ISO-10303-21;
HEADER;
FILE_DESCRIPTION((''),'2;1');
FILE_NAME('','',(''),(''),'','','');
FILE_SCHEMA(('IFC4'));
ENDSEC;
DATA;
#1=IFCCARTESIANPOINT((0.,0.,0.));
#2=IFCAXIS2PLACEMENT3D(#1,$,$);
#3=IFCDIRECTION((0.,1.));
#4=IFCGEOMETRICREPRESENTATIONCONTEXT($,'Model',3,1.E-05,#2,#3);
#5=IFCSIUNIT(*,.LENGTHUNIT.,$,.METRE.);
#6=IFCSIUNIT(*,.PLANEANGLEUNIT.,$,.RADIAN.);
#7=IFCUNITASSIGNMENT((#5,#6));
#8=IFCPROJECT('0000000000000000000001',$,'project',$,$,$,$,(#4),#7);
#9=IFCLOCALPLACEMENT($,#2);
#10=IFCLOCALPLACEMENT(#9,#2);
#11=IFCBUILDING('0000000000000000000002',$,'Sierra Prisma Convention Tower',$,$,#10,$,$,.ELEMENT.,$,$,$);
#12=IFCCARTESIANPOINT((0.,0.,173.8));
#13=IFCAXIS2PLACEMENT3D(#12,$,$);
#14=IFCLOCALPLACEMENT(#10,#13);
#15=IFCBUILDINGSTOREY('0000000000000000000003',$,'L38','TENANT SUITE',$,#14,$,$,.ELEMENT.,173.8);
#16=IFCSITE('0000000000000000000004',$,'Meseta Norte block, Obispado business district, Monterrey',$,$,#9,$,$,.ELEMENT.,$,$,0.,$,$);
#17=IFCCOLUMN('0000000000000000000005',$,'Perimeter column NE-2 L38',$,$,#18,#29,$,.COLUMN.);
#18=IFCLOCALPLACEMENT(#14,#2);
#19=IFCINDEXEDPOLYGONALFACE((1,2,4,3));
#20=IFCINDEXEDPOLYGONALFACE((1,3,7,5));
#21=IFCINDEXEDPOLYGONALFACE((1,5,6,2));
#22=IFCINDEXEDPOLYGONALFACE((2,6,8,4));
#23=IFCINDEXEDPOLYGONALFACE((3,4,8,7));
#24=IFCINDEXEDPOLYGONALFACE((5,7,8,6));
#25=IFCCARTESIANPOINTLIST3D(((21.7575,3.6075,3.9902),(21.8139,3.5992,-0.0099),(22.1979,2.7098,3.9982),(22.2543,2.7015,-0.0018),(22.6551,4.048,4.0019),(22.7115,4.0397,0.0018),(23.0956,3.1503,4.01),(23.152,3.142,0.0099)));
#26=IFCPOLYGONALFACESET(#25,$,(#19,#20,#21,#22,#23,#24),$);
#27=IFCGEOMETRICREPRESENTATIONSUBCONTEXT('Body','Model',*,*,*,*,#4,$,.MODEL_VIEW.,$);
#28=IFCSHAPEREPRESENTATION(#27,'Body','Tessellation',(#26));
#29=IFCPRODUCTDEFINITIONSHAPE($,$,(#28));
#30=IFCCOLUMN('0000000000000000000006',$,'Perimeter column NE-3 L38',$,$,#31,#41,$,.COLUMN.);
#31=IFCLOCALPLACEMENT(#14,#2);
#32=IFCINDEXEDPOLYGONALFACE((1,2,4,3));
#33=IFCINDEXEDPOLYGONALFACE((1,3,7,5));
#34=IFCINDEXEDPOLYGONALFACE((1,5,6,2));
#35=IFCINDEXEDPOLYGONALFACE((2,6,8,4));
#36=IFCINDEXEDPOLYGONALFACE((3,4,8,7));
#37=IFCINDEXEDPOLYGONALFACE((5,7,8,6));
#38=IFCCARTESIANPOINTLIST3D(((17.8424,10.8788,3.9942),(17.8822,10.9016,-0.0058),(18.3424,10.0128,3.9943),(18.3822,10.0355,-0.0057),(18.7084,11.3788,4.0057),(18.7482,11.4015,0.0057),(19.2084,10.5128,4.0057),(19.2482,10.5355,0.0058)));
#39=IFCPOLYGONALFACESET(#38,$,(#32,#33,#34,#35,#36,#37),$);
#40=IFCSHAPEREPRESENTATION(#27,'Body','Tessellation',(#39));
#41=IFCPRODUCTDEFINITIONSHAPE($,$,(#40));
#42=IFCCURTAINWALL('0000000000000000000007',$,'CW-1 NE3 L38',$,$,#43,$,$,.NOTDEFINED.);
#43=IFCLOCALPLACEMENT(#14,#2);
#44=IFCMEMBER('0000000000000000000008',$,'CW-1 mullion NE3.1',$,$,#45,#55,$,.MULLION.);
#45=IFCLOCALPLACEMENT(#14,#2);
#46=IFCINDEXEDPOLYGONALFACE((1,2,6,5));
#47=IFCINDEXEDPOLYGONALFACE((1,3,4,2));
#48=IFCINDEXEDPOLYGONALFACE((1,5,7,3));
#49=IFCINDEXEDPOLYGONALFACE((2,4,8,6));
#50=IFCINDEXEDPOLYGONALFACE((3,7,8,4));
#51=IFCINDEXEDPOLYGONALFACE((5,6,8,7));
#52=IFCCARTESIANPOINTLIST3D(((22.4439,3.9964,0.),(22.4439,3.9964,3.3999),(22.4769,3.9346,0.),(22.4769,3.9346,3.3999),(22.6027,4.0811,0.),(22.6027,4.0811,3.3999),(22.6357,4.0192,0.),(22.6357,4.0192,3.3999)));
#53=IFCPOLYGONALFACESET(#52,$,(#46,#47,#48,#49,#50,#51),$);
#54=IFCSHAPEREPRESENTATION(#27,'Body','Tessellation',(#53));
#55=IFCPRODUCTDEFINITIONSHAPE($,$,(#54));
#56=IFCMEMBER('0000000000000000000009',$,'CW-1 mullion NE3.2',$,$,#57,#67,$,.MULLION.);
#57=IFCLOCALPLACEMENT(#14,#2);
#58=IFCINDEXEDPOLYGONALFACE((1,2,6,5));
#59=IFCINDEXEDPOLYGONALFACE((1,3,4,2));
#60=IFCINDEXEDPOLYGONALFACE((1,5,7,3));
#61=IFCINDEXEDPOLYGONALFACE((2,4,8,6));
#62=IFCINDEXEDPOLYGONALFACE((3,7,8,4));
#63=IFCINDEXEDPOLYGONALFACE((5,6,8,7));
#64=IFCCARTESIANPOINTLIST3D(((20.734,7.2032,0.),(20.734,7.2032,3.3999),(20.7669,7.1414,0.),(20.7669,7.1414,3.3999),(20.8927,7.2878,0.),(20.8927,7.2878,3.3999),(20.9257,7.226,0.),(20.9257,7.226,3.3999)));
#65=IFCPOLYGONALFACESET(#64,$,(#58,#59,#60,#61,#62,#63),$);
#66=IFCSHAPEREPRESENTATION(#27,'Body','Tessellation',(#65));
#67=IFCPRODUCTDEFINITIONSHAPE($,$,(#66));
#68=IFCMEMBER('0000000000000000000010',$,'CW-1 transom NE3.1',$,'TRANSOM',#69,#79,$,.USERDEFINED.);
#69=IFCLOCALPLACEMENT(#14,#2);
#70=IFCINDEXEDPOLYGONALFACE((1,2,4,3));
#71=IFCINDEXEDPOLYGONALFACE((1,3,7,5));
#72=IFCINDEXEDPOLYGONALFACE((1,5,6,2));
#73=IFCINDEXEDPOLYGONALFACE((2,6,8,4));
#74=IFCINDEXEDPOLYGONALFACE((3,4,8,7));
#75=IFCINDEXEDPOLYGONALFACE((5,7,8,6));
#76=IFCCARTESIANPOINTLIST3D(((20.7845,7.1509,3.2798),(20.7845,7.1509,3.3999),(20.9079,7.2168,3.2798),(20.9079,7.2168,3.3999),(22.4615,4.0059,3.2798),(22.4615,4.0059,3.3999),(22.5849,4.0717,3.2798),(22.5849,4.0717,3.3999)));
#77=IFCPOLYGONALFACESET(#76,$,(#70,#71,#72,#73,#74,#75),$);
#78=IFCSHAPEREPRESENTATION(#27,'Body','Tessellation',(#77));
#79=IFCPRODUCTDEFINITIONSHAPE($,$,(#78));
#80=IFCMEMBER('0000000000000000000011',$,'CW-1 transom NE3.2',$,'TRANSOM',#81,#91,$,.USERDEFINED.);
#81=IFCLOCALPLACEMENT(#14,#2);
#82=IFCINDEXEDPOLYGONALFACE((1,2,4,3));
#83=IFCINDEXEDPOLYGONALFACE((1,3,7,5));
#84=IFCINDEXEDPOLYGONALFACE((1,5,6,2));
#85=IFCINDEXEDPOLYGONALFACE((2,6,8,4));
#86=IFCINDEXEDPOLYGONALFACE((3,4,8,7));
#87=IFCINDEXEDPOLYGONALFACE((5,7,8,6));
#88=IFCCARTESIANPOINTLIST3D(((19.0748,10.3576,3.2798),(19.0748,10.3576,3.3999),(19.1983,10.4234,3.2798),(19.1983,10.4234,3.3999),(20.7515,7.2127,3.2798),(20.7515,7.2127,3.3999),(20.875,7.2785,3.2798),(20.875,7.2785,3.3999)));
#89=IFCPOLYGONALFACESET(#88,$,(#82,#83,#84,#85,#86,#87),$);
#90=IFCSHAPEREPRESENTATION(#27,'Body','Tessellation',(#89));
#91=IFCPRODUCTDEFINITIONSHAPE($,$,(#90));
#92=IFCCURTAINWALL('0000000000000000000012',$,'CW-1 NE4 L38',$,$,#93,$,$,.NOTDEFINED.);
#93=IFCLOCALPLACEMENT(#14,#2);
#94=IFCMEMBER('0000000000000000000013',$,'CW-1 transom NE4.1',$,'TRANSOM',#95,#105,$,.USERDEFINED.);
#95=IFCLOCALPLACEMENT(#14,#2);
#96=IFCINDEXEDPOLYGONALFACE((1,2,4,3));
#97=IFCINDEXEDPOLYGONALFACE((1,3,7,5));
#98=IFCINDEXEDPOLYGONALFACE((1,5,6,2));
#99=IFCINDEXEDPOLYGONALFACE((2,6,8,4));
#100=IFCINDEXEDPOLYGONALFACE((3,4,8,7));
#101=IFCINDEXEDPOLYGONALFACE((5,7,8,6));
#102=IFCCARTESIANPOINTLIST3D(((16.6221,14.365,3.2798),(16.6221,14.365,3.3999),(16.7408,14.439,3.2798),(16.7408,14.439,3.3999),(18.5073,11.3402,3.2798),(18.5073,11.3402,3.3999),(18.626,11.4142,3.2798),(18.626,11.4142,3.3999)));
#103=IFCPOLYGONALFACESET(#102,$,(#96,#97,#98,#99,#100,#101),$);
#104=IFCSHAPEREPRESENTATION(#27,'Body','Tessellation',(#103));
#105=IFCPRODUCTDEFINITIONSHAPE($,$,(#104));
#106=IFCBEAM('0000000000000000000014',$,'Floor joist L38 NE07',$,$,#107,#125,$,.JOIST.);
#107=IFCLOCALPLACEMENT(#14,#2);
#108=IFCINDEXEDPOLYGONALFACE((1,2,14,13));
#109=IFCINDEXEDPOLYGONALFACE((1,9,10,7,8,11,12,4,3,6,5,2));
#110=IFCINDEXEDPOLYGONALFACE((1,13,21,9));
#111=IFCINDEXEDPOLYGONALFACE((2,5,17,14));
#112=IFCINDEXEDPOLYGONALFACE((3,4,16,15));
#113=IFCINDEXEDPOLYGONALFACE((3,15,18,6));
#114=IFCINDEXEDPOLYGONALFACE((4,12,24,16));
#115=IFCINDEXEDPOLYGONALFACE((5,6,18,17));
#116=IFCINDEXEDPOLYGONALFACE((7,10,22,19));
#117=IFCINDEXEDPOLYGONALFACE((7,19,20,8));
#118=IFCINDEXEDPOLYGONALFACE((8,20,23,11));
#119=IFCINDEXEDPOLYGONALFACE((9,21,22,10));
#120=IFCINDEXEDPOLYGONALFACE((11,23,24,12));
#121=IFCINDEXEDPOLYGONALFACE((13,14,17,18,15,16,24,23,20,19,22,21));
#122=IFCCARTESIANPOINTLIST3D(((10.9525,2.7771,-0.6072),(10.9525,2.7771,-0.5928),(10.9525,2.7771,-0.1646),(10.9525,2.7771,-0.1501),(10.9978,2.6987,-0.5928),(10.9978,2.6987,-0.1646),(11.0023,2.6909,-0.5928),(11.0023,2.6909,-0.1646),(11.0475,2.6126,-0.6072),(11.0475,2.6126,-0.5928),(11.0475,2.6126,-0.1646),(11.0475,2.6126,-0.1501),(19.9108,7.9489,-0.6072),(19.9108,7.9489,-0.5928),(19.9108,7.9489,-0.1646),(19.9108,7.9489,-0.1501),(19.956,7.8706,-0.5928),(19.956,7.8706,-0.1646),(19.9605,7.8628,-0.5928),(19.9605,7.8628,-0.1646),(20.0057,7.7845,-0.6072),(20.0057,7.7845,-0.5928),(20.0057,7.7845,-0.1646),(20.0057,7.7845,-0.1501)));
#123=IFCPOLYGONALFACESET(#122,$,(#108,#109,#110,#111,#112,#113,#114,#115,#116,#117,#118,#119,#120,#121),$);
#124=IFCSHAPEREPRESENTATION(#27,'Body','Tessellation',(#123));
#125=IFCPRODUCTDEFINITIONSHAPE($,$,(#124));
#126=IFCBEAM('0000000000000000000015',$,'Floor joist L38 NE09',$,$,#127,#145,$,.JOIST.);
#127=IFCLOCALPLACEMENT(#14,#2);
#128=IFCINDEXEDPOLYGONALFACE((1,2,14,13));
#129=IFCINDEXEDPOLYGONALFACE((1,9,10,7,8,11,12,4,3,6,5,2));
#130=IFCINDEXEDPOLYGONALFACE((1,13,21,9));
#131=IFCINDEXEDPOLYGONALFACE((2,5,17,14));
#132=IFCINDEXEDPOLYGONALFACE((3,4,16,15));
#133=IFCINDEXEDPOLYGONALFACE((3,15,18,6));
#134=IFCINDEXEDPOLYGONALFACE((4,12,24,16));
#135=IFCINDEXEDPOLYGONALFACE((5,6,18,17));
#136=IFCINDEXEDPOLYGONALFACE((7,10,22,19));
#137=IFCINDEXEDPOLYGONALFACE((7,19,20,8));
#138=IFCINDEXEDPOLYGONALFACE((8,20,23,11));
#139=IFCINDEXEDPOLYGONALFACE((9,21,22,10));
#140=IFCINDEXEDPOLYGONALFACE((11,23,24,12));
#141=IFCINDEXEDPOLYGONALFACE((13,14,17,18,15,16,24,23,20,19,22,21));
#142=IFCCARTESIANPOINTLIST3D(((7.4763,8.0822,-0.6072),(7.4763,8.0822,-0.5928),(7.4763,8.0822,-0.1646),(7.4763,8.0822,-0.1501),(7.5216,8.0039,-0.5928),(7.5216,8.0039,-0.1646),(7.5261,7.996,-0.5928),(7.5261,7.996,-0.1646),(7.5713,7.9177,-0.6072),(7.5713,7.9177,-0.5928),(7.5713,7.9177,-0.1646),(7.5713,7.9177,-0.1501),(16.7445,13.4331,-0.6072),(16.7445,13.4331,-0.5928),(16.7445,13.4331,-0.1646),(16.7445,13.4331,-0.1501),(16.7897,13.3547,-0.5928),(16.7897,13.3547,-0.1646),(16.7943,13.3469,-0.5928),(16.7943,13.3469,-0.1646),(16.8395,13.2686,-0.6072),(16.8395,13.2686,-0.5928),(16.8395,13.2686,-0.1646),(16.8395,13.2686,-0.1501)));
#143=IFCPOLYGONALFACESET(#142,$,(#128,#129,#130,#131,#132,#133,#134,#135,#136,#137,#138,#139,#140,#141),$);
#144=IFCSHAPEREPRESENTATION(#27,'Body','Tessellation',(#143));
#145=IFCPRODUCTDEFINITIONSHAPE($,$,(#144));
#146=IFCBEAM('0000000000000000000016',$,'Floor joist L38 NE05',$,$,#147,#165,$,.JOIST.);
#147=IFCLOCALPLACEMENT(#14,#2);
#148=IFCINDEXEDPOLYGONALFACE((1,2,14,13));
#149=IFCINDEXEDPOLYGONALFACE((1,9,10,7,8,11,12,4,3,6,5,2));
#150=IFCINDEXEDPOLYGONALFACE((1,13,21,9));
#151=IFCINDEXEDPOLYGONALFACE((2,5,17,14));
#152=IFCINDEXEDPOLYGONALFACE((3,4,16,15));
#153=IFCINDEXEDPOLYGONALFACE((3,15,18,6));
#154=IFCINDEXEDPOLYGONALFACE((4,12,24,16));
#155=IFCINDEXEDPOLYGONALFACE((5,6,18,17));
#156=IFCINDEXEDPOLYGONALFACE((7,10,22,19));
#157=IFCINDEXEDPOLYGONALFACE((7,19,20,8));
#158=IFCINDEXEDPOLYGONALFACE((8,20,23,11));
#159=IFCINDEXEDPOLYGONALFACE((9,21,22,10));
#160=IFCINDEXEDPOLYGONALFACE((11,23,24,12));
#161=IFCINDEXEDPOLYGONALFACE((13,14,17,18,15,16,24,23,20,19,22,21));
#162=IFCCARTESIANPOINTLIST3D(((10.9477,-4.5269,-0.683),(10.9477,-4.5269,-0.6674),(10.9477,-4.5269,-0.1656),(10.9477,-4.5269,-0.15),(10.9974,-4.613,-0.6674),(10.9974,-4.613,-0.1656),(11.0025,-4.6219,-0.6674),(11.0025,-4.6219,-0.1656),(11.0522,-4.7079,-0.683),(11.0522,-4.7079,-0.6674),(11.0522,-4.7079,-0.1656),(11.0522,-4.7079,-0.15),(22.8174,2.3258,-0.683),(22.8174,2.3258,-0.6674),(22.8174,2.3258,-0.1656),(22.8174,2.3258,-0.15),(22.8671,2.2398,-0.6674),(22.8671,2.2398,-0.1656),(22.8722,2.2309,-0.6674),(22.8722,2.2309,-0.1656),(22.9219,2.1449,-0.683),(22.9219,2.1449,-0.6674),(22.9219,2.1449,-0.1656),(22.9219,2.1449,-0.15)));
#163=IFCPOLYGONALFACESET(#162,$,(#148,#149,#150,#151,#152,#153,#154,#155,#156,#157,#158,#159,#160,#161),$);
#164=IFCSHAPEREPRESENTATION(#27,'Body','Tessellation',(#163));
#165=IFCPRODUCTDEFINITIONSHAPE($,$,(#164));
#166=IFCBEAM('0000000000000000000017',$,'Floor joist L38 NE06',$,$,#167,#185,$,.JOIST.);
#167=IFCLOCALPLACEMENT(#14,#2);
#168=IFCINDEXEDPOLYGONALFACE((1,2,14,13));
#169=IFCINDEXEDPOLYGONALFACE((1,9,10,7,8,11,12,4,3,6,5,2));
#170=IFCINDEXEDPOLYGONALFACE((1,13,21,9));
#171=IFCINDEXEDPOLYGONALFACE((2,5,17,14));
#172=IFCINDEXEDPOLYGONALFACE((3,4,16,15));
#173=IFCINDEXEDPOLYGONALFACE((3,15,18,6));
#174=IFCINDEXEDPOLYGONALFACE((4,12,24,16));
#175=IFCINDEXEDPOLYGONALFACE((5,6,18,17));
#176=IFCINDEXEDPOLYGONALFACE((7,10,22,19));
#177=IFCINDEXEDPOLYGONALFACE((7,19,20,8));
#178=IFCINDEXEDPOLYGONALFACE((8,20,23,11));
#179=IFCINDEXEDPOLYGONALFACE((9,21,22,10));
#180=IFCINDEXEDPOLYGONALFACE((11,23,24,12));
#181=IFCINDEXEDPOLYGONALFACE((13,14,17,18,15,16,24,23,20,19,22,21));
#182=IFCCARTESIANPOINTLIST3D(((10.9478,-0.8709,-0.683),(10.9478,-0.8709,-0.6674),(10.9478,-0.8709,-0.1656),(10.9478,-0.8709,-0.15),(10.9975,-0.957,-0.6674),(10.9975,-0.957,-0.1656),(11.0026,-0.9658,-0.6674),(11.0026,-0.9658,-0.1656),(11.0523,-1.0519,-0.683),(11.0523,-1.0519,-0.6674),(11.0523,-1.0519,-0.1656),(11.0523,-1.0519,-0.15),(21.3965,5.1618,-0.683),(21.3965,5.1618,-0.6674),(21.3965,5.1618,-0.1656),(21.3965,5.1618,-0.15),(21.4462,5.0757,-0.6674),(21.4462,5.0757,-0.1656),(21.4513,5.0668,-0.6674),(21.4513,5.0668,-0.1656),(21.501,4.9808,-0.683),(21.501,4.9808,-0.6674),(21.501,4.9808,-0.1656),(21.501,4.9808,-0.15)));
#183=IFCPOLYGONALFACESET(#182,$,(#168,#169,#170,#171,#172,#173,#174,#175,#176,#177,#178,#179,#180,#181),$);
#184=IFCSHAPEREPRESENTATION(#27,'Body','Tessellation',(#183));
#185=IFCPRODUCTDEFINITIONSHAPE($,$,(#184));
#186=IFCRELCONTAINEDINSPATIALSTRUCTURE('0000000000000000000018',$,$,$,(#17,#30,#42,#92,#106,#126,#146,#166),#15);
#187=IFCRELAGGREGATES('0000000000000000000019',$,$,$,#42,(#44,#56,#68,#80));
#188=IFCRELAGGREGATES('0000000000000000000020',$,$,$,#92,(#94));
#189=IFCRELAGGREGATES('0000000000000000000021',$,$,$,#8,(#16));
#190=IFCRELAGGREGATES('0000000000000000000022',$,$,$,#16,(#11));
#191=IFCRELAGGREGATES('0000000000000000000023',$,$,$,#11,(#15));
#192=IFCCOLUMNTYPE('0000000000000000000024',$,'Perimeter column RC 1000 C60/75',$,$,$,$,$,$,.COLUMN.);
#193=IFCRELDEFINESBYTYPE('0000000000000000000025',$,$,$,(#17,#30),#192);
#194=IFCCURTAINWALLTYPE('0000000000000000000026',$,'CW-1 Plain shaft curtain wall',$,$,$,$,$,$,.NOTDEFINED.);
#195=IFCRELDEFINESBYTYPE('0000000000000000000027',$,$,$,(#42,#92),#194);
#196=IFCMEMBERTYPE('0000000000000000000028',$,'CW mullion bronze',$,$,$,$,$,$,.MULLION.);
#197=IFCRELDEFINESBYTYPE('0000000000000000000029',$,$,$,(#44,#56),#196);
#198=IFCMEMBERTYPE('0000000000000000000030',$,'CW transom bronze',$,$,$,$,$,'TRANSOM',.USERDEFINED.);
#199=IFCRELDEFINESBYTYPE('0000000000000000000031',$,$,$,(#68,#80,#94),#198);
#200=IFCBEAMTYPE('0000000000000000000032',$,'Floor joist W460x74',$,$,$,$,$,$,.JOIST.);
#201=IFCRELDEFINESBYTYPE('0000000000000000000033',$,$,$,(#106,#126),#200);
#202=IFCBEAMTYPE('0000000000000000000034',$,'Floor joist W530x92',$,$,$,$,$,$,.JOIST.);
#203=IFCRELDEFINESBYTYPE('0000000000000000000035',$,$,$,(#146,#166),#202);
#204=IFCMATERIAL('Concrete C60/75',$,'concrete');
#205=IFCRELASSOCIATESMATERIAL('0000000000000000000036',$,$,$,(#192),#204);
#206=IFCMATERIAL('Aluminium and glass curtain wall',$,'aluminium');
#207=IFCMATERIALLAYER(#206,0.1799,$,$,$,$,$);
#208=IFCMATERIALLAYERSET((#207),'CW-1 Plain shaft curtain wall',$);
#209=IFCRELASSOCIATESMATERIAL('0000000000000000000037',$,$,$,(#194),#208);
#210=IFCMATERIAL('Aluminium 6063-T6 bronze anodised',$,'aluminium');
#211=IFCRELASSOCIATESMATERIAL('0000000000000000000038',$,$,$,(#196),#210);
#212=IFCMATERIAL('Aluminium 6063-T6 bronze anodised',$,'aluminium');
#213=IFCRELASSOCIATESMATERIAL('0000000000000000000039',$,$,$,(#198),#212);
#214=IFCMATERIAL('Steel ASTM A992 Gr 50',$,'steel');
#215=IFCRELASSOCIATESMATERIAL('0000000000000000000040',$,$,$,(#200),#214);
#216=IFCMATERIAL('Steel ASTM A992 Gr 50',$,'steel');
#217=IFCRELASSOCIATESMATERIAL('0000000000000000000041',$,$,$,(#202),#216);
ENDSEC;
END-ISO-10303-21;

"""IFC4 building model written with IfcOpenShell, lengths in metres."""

from ifc_helpers import new_model, si_unit, direction, frame, origin, origin_2d, place, context, subcontext, project, spatial, rectangle, i_section, extrude, material, layer, layer_set, material_profile, profile_set, type_object, element, aggregate, save


model = new_model("IFC4")

# Units and contexts
model_context = context("Model", 3, precision=1e-05, world=origin(), true_north=direction((0.0, 1.0)))
body_context = subcontext(model_context, "Body", "Model", "MODEL_VIEW")
ifc_project = project(units=[si_unit("LENGTHUNIT", "METRE"), si_unit("PLANEANGLEUNIT", "RADIAN")], contexts=[model_context])

# Site, building, storey
site_placement = place(None, origin())
site = spatial("IfcSite", under=ifc_project, at=site_placement, Name="Meseta Norte block, Obispado business district, Monterrey", CompositionType="ELEMENT", RefElevation=0.0)
building_placement = place(site_placement, origin())
building = spatial("IfcBuilding", under=site, at=building_placement, Name="Sierra Prisma Convention Tower", CompositionType="ELEMENT")
storey_placement = place(building_placement, frame((0.0, 0.0, 173.8)))
storey = spatial("IfcBuildingStorey", under=building, at=storey_placement, Name="L38", Description="TENANT SUITE", CompositionType="ELEMENT", Elevation=173.8)

# Columns
ifc_material_1 = material(Name="Concrete C60/75", Category="concrete")
ifc_material_profile_1 = material_profile(ifc_material_1, rectangle(XDim=1.0, YDim=1.0, at=origin_2d()), Name="Perimeter column RC 1000 C60/75")
ifc_profile_set_1 = profile_set([ifc_material_profile_1], Name="Concrete C60/75")
column_type = type_object("IfcColumnType", Name="Perimeter column RC 1000 C60/75", PredefinedType="COLUMN", material=ifc_profile_set_1)
column_1_placement = place(storey_placement, frame((22.4829, 3.3706, 0.0), z_axis=(-0.014098, 0.002075, 0.999898), x_axis=(-0.440411, 0.89776, -0.008072)))
element("IfcColumn", 1, at=column_1_placement, inside=storey, type_object=column_type, Name="Perimeter column NE-2 L38", PredefinedType="COLUMN", context=body_context, shape_type="SweptSolid", body=[
    extrude(rectangle(XDim=1.0, YDim=1.0, at=origin_2d()), origin(), (0.0, 0.0, 1.0), 4.0005),
])
column_2_placement = place(storey_placement, frame((18.5652, 10.7185, 0.0), z_axis=(-0.009948, -0.005676, 0.999934), x_axis=(-0.499975, 0.86604, -0.000058)))
element("IfcColumn", 2, at=column_2_placement, inside=storey, type_object=column_type, Name="Perimeter column NE-3 L38", PredefinedType="COLUMN", context=body_context, shape_type="SweptSolid", body=[
    extrude(rectangle(XDim=1.0, YDim=1.0, at=origin_2d()), origin(), (0.0, 0.0, 1.0), 4.0002),
])

# Curtain wall, members
ifc_material_2 = material(Name="Aluminium and glass curtain wall", Category="aluminium")
ifc_layer_1 = layer(ifc_material_2, 0.1799)
ifc_layer_set_1 = layer_set([ifc_layer_1], Name="CW-1 Plain shaft curtain wall")
curtain_wall_type = type_object("IfcCurtainWallType", Name="CW-1 Plain shaft curtain wall", PredefinedType="NOTDEFINED", material=ifc_layer_set_1)
curtain_wall_1_placement = place(storey_placement, origin())
curtain_wall_1 = element("IfcCurtainWall", 3, at=curtain_wall_1_placement, inside=storey, type_object=curtain_wall_type, Name="CW-1 NE3 L38", PredefinedType="NOTDEFINED")
ifc_material_3 = material(Name="Aluminium 6063-T6 bronze anodised", Category="aluminium")
ifc_material_profile_2 = material_profile(ifc_material_3, rectangle(XDim=0.1799, YDim=0.0701, at=origin_2d()), Name="ALU MULLION 70x180")
ifc_profile_set_2 = profile_set([ifc_material_profile_2], Name="Aluminium 6063-T6 bronze anodised")
member_type_1 = type_object("IfcMemberType", Name="CW mullion bronze", PredefinedType="MULLION", material=ifc_profile_set_2)
member_1_placement = place(storey_placement, frame((22.5398, 4.0078, 0.0), z_axis=(0.0, 0.0, 1.0), x_axis=(-0.882402, -0.470496, 0.0)))
member_1 = element("IfcMember", 4, at=member_1_placement, type_object=member_type_1, Name="CW-1 mullion NE3.1", PredefinedType="MULLION", context=body_context, shape_type="SweptSolid", body=[
    extrude(rectangle(XDim=0.1799, YDim=0.0701, at=origin_2d()), origin(), (0.0, 0.0, 1.0), 3.3999),
])
member_2_placement = place(storey_placement, frame((20.8298, 7.2146, 0.0), z_axis=(0.0, 0.0, 1.0), x_axis=(-0.882402, -0.470496, 0.0)))
member_2 = element("IfcMember", 5, at=member_2_placement, type_object=member_type_1, Name="CW-1 mullion NE3.2", PredefinedType="MULLION", context=body_context, shape_type="SweptSolid", body=[
    extrude(rectangle(XDim=0.1799, YDim=0.0701, at=origin_2d()), origin(), (0.0, 0.0, 1.0), 3.3999),
])
ifc_material_4 = material(Name="Aluminium 6063-T6 bronze anodised", Category="aluminium")
ifc_material_profile_3 = material_profile(ifc_material_4, rectangle(XDim=0.1399, YDim=0.1201, at=origin_2d()), Name="ALU TRANSOM 120x140")
ifc_profile_set_3 = profile_set([ifc_material_profile_3], Name="Aluminium 6063-T6 bronze anodised")
member_type_2 = type_object("IfcMemberType", Name="CW transom bronze", ElementType="TRANSOM", PredefinedType="USERDEFINED", material=ifc_profile_set_3)
member_3_placement = place(storey_placement, frame((22.5232, 4.0388, 3.3398), z_axis=(-0.470514, 0.882393, 0.0), x_axis=(-0.882393, -0.470514, 0.0)))
member_3 = element("IfcMember", 6, at=member_3_placement, type_object=member_type_2, Name="CW-1 transom NE3.1", ObjectType="TRANSOM", PredefinedType="USERDEFINED", context=body_context, shape_type="SweptSolid", body=[
    extrude(rectangle(XDim=0.1399, YDim=0.1201, at=origin_2d()), origin(), (0.0, 0.0, 1.0), 3.5642),
])
member_4_placement = place(storey_placement, frame((20.8132, 7.2456, 3.3398), z_axis=(-0.47046, 0.882421, 0.0), x_axis=(-0.882421, -0.47046, 0.0)))
member_4 = element("IfcMember", 7, at=member_4_placement, type_object=member_type_2, Name="CW-1 transom NE3.2", ObjectType="TRANSOM", PredefinedType="USERDEFINED", context=body_context, shape_type="SweptSolid", body=[
    extrude(rectangle(XDim=0.1399, YDim=0.1201, at=origin_2d()), origin(), (0.0, 0.0, 1.0), 3.564),
])

# Curtain wall, member
curtain_wall_2_placement = place(storey_placement, origin())
curtain_wall_2 = element("IfcCurtainWall", 8, at=curtain_wall_2_placement, inside=storey, type_object=curtain_wall_type, Name="CW-1 NE4 L38", PredefinedType="NOTDEFINED")
member_5_placement = place(storey_placement, frame((18.5667, 11.3772, 3.3398), z_axis=(-0.528927, 0.848667, 0.0), x_axis=(-0.848667, -0.528927, 0.0)))
member_5 = element("IfcMember", 9, at=member_5_placement, type_object=member_type_2, Name="CW-1 transom NE4.1", ObjectType="TRANSOM", PredefinedType="USERDEFINED", context=body_context, shape_type="SweptSolid", body=[
    extrude(rectangle(XDim=0.1399, YDim=0.1201, at=origin_2d()), origin(), (0.0, 0.0, 1.0), 3.5642),
])

# Beams
ifc_material_5 = material(Name="Steel ASTM A992 Gr 50", Category="steel")
ifc_material_profile_4 = material_profile(ifc_material_5, i_section(OverallWidth=0.1899, OverallDepth=0.457, WebThickness=0.009, FlangeThickness=0.0144, at=origin_2d()), Name="W460x74")
ifc_profile_set_4 = profile_set([ifc_material_profile_4], Name="Steel ASTM A992 Gr 50")
beam_type_1 = type_object("IfcBeamType", Name="Floor joist W460x74", PredefinedType="JOIST", material=ifc_profile_set_4)
beam_1_placement = place(storey_placement, frame((19.9583, 7.8667, -0.3787), z_axis=(-0.866033, -0.499987, 0.0), x_axis=(0.499987, -0.866033, 0.0)))
element("IfcBeam", 10, at=beam_1_placement, inside=storey, type_object=beam_type_1, Name="Floor joist L38 NE07", PredefinedType="JOIST", context=body_context, shape_type="SweptSolid", body=[
    extrude(i_section(OverallWidth=0.1899, OverallDepth=0.457, WebThickness=0.009, FlangeThickness=0.0144, at=origin_2d()), origin(), (0.0, 0.0, 1.0), 10.344),
])
beam_2_placement = place(storey_placement, frame((16.792, 13.3508, -0.3787), z_axis=(-0.866029, -0.499994, 0.0), x_axis=(0.499994, -0.866029, 0.0)))
element("IfcBeam", 11, at=beam_2_placement, inside=storey, type_object=beam_type_1, Name="Floor joist L38 NE09", PredefinedType="JOIST", context=body_context, shape_type="SweptSolid", body=[
    extrude(i_section(OverallWidth=0.1899, OverallDepth=0.457, WebThickness=0.009, FlangeThickness=0.0144, at=origin_2d()), origin(), (0.0, 0.0, 1.0), 10.7019),
])
ifc_material_6 = material(Name="Steel ASTM A992 Gr 50", Category="steel")
ifc_material_profile_5 = material_profile(ifc_material_6, i_section(OverallWidth=0.209, OverallDepth=0.533, WebThickness=0.0103, FlangeThickness=0.0156, at=origin_2d()), Name="W530x92")
ifc_profile_set_5 = profile_set([ifc_material_profile_5], Name="Steel ASTM A992 Gr 50")
beam_type_2 = type_object("IfcBeamType", Name="Floor joist W530x92", PredefinedType="JOIST", material=ifc_profile_set_5)
beam_3_placement = place(storey_placement, frame((22.8696, 2.2354, -0.4165), z_axis=(-0.86603, -0.499992, 0.0), x_axis=(0.499992, -0.86603, 0.0)))
element("IfcBeam", 12, at=beam_3_placement, inside=storey, type_object=beam_type_2, Name="Floor joist L38 NE05", PredefinedType="JOIST", context=body_context, shape_type="SweptSolid", body=[
    extrude(i_section(OverallWidth=0.209, OverallDepth=0.533, WebThickness=0.0103, FlangeThickness=0.0156, at=origin_2d()), origin(), (0.0, 0.0, 1.0), 13.7058),
])
beam_4_placement = place(storey_placement, frame((21.4487, 5.0713, -0.4165), z_axis=(-0.86602, -0.500009, 0.0), x_axis=(0.500009, -0.86602, 0.0)))
element("IfcBeam", 13, at=beam_4_placement, inside=storey, type_object=beam_type_2, Name="Floor joist L38 NE06", PredefinedType="JOIST", context=body_context, shape_type="SweptSolid", body=[
    extrude(i_section(OverallWidth=0.209, OverallDepth=0.533, WebThickness=0.0103, FlangeThickness=0.0156, at=origin_2d()), origin(), (0.0, 0.0, 1.0), 12.0652),
])

aggregate(curtain_wall_1, [member_1, member_2, member_3, member_4])
aggregate(curtain_wall_2, [member_5])

save(model, "model.ifc")
